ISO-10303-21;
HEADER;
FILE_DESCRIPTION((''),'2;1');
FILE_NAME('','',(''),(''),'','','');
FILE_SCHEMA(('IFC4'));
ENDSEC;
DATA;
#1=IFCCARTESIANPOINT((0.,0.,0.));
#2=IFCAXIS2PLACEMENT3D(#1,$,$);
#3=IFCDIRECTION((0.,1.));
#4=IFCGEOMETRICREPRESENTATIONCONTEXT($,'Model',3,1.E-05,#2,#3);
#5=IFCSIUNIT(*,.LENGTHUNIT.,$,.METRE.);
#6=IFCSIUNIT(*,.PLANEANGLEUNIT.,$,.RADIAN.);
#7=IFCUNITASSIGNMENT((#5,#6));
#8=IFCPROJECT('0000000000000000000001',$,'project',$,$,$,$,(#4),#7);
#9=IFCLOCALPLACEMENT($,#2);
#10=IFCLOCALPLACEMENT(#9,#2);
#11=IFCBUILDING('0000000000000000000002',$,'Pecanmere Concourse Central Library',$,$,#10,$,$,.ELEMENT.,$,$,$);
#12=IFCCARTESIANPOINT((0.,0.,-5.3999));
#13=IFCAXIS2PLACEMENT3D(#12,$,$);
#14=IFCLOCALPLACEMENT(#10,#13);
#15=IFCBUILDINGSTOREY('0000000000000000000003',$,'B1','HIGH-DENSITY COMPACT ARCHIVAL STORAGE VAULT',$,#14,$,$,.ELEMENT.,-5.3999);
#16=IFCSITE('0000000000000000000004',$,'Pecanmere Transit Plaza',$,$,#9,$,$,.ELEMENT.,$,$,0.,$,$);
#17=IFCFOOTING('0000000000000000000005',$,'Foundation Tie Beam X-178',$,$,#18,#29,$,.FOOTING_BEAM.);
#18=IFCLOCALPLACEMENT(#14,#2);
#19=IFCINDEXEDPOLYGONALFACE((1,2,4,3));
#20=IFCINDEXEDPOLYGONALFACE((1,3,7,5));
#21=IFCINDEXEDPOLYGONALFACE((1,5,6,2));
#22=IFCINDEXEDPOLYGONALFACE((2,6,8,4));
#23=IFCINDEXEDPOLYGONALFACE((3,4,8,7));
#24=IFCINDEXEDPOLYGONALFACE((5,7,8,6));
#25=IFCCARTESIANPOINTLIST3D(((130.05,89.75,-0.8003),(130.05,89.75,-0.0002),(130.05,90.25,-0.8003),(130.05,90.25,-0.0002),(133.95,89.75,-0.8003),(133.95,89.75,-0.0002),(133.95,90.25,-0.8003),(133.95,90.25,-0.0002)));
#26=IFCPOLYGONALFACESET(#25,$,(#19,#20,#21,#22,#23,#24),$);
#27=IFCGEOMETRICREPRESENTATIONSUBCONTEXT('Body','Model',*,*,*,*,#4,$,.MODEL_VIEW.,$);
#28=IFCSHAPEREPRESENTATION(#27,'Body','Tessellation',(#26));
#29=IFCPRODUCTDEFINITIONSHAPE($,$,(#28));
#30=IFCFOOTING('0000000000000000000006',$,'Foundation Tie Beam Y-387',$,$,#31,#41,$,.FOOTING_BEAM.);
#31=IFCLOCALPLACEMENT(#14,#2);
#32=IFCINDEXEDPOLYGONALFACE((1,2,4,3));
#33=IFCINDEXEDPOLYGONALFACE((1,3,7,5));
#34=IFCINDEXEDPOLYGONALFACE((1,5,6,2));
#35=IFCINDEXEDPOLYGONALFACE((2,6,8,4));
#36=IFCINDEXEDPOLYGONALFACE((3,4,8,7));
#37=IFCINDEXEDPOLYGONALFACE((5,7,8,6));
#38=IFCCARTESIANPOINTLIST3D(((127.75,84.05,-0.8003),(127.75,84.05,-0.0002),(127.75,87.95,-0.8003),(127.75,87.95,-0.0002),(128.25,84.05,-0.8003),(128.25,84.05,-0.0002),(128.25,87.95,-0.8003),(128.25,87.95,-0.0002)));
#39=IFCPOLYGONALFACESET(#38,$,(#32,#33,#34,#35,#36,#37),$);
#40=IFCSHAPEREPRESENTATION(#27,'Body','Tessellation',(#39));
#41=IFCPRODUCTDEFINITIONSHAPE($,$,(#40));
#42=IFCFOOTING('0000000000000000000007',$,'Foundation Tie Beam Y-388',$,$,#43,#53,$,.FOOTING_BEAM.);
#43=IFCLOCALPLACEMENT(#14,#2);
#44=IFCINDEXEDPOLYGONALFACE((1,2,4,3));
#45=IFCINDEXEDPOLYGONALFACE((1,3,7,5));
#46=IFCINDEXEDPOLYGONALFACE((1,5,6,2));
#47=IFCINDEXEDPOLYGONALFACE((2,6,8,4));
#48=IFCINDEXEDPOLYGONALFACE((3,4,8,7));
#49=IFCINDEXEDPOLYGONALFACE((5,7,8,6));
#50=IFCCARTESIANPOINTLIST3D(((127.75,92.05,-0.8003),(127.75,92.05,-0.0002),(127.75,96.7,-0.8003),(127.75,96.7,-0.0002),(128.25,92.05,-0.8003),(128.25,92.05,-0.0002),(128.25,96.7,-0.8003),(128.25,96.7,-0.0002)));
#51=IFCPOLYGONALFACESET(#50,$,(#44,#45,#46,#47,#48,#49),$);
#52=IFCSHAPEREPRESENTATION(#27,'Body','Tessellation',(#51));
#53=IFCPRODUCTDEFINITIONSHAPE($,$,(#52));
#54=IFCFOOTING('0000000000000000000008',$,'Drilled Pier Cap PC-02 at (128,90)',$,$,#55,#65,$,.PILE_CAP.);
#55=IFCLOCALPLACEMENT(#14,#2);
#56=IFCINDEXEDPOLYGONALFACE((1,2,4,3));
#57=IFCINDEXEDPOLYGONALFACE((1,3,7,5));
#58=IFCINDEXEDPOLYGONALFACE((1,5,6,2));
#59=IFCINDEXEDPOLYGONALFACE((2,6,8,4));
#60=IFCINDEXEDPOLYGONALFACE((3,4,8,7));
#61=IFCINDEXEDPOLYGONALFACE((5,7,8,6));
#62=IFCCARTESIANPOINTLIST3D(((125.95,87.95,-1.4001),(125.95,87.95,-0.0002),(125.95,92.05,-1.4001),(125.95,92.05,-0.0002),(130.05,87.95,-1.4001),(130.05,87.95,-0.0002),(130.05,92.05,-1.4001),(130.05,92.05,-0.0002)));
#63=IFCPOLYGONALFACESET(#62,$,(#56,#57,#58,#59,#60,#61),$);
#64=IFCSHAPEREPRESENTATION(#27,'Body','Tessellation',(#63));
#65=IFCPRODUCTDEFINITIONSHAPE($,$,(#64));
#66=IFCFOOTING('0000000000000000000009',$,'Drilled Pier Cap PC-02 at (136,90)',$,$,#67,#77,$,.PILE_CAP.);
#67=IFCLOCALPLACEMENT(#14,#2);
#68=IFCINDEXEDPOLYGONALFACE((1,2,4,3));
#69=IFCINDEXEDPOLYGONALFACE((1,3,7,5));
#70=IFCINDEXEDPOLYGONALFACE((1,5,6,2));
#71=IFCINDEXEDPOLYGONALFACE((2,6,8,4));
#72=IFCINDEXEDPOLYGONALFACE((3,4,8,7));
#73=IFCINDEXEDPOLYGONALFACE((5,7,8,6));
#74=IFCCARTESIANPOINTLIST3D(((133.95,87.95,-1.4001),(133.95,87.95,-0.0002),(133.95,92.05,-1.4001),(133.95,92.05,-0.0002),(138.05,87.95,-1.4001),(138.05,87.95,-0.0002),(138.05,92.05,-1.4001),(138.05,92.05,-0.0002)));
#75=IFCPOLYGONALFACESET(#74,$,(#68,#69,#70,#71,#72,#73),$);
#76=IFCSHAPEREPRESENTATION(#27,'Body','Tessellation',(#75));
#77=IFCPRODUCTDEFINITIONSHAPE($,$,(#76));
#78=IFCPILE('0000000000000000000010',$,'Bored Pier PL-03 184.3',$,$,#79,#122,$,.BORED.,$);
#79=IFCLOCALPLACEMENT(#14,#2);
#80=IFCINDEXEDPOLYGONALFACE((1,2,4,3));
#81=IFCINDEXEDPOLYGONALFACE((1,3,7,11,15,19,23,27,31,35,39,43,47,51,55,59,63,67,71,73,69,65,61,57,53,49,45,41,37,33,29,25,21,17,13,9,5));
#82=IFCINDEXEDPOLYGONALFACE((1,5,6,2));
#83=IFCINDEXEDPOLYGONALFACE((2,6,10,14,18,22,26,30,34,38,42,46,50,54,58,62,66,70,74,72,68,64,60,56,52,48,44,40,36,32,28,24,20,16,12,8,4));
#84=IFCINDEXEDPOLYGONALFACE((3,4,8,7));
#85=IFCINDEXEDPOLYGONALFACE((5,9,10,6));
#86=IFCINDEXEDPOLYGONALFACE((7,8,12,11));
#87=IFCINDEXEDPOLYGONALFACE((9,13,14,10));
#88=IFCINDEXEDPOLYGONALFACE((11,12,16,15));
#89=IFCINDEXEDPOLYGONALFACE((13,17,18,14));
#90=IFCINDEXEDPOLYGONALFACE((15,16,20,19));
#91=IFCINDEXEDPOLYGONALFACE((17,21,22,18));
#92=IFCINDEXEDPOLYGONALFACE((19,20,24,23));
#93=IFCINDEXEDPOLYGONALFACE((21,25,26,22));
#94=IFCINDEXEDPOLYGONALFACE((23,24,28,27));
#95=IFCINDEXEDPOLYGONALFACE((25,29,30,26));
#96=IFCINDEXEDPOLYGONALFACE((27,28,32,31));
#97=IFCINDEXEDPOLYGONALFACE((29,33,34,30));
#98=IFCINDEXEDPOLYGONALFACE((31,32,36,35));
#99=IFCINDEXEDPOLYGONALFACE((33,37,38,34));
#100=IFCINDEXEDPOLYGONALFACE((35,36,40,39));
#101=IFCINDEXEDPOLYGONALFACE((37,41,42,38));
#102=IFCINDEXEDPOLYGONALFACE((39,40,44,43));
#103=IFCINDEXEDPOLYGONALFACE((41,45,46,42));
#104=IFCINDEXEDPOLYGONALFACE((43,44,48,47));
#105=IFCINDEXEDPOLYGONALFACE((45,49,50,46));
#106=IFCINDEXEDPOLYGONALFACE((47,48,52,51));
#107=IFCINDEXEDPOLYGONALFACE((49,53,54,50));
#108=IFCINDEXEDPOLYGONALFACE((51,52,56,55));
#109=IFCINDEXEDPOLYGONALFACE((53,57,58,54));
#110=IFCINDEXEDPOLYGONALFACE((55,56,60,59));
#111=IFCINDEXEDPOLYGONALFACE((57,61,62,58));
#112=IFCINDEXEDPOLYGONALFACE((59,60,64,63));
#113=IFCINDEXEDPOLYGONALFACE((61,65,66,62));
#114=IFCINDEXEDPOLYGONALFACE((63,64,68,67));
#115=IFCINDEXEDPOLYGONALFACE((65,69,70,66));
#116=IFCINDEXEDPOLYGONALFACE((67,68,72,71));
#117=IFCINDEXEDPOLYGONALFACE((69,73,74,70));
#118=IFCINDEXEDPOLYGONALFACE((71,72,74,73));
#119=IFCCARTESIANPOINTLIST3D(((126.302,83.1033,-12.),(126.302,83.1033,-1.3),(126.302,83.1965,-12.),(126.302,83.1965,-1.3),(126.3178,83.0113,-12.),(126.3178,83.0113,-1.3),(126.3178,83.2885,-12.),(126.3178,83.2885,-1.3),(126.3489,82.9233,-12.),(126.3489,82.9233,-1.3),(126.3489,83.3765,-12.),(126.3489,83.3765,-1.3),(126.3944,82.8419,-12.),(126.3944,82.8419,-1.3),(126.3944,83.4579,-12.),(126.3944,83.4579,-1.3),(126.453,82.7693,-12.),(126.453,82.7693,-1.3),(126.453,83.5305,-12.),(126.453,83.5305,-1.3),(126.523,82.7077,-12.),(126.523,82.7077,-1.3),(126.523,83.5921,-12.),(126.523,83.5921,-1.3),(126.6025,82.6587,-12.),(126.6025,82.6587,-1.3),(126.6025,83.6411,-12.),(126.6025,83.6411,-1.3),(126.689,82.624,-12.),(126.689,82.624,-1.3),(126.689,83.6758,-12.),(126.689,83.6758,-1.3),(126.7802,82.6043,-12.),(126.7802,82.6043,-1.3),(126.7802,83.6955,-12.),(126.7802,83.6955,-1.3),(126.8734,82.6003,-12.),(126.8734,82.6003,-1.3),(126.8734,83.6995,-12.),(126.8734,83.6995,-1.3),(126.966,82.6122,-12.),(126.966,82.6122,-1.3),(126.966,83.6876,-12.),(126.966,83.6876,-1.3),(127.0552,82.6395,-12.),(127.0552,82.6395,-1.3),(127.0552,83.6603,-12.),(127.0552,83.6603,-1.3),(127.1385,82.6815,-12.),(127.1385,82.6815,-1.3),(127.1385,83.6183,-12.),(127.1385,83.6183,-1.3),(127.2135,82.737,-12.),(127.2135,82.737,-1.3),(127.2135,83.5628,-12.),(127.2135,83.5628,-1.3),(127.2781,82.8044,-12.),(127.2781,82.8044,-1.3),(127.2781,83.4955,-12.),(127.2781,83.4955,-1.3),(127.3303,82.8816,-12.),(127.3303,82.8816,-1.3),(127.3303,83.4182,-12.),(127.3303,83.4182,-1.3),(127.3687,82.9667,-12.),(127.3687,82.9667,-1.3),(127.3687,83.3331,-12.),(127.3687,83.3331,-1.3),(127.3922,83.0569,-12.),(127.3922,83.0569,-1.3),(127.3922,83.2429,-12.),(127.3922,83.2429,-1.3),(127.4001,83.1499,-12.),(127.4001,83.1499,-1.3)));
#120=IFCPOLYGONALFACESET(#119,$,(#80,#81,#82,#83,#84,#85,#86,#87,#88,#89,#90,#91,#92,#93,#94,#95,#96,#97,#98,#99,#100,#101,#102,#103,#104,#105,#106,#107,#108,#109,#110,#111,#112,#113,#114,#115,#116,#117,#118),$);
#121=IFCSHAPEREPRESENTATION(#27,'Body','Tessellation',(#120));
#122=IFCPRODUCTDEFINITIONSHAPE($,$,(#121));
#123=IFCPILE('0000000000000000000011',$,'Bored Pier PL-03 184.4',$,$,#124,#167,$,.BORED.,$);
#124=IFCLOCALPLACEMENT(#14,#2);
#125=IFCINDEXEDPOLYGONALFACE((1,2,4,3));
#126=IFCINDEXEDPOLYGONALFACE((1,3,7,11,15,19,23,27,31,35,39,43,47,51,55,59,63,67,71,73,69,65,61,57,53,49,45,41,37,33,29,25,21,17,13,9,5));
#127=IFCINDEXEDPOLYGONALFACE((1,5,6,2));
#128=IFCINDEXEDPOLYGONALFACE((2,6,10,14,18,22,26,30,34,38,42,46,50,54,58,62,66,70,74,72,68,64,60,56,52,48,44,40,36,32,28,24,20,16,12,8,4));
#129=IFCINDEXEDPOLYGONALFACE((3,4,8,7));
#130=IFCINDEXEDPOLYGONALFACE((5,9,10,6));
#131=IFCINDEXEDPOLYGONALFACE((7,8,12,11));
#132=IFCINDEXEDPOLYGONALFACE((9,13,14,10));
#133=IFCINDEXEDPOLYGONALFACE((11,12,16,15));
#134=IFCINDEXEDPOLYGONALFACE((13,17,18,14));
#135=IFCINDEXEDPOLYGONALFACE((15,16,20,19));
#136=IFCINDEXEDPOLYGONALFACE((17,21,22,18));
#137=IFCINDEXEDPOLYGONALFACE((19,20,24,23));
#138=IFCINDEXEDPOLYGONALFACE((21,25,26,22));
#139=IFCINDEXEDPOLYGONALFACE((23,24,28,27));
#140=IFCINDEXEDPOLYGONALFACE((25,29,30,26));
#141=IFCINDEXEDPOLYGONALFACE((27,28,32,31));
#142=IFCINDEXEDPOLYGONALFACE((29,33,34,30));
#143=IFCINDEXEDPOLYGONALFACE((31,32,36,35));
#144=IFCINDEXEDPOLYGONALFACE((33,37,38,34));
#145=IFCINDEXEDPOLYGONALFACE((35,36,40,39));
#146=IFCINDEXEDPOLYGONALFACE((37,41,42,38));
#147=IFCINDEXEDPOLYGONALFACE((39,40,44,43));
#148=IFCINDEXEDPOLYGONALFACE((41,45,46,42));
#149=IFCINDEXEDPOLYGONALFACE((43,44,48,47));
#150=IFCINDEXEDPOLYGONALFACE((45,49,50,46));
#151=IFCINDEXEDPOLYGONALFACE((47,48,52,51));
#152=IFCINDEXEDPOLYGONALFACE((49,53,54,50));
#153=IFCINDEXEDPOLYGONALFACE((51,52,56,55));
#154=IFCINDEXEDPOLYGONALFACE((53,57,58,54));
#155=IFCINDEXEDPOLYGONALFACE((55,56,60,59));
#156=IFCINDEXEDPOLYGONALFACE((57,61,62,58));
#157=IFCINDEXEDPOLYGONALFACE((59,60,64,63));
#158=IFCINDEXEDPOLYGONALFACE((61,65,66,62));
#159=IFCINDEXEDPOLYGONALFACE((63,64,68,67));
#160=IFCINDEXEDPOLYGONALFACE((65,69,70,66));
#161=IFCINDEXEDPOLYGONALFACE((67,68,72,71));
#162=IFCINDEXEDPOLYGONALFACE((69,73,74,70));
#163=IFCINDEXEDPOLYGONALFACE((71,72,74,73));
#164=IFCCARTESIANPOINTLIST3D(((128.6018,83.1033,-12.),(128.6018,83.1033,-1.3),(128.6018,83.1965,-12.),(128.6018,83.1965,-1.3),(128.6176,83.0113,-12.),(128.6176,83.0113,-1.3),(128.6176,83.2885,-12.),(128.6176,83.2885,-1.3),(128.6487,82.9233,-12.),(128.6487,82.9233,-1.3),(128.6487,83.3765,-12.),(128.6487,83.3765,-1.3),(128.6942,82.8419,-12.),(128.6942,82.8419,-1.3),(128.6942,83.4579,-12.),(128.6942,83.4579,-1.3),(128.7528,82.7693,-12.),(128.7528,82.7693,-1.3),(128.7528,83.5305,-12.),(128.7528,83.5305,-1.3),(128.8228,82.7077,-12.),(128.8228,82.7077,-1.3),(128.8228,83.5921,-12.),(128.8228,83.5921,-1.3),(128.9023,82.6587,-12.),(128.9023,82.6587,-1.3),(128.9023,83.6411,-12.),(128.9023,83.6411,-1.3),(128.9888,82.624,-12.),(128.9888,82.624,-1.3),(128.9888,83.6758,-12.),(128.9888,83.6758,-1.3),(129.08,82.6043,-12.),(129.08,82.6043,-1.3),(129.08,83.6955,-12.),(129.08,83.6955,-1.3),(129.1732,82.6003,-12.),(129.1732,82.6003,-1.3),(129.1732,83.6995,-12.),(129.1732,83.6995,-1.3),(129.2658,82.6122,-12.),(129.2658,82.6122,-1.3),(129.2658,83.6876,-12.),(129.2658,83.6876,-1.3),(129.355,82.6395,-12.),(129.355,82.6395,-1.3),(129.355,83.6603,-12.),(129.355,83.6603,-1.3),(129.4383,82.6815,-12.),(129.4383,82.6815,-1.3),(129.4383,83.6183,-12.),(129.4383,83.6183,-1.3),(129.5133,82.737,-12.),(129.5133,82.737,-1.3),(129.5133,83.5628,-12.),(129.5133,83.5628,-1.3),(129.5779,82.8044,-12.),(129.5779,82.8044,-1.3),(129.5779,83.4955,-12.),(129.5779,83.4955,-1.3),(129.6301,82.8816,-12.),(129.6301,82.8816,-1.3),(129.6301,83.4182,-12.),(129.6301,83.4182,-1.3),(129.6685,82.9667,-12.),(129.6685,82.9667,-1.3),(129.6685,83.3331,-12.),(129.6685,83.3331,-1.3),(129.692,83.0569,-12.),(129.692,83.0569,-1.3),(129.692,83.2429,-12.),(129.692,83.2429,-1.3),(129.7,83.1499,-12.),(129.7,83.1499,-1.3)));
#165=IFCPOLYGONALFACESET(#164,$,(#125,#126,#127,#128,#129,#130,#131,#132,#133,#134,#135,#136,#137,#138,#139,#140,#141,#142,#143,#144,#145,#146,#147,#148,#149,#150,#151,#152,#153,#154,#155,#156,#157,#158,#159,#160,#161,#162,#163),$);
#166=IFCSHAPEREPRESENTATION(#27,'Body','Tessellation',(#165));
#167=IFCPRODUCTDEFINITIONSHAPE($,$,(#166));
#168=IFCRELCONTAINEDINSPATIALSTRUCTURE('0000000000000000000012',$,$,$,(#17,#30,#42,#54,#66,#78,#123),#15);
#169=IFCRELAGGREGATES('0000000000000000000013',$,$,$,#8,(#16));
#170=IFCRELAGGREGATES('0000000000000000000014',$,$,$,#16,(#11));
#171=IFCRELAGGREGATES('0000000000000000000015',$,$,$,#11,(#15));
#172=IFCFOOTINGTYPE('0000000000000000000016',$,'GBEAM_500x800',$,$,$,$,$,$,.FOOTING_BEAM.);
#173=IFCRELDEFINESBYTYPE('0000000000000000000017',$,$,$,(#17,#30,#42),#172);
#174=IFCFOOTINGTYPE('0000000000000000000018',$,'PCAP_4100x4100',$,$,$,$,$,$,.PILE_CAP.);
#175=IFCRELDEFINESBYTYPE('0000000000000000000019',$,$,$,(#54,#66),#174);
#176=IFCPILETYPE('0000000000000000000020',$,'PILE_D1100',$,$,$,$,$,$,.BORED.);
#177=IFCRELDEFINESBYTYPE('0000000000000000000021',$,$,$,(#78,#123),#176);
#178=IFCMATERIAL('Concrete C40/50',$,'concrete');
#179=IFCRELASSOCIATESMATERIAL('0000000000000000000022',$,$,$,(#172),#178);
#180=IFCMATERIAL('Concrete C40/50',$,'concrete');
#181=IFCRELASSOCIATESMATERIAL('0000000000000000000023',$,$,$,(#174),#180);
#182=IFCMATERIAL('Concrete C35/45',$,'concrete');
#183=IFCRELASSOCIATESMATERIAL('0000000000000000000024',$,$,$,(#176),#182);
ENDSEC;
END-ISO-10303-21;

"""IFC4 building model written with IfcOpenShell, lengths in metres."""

from ifc_helpers import new_model, si_unit, direction, frame, origin, origin_2d, place, context, subcontext, project, spatial, rectangle, circle, extrude, material, material_profile, profile_set, type_object, element, save


model = new_model("IFC4")

# Units and contexts
model_context = context("Model", 3, precision=1e-05, world=origin(), true_north=direction((0.0, 1.0)))
body_context = subcontext(model_context, "Body", "Model", "MODEL_VIEW")
ifc_project = project(units=[si_unit("LENGTHUNIT", "METRE"), si_unit("PLANEANGLEUNIT", "RADIAN")], contexts=[model_context])

# Site, building, storey
site_placement = place(None, origin())
site = spatial("IfcSite", under=ifc_project, at=site_placement, Name="Pecanmere Transit Plaza", CompositionType="ELEMENT", RefElevation=0.0)
building_placement = place(site_placement, origin())
building = spatial("IfcBuilding", under=site, at=building_placement, Name="Pecanmere Concourse Central Library", CompositionType="ELEMENT")
storey_placement = place(building_placement, frame((0.0, 0.0, -5.3999)))
storey = spatial("IfcBuildingStorey", under=building, at=storey_placement, Name="B1", Description="HIGH-DENSITY COMPACT ARCHIVAL STORAGE VAULT", CompositionType="ELEMENT", Elevation=-5.3999)

# Footings
ifc_material_1 = material(Name="Concrete C40/50", Category="concrete")
ifc_material_profile_1 = material_profile(ifc_material_1, rectangle(XDim=0.5, YDim=0.8, at=origin_2d()), Name="RC 500x800")
ifc_profile_set_1 = profile_set([ifc_material_profile_1], Name="Concrete C40/50")
footing_type_1 = type_object("IfcFootingType", Name="GBEAM_500x800", PredefinedType="FOOTING_BEAM", material=ifc_profile_set_1)
for number, where, z_axis, x_axis, name in (
    (1, (132.0, 90.0, -0.8003), (0.0, 0.0, 1.0), (1.0, 0.0, 0.0), "Foundation Tie Beam X-178"),
    (2, (128.0, 86.0, -0.8003), (0.0, 0.0, 1.0), (0.0, 1.0, 0.0), "Foundation Tie Beam Y-387"),
):
    element("IfcFooting", number, at=place(storey_placement, frame(where, z_axis=z_axis, x_axis=x_axis)), inside=storey, type_object=footing_type_1, Name=name, PredefinedType="FOOTING_BEAM", context=body_context, shape_type="SweptSolid", body=[
        extrude(rectangle(XDim=3.8999, YDim=0.5, at=origin_2d()), origin(), (0.0, 0.0, 1.0), 0.8),
    ])
footing_placement = place(storey_placement, frame((128.0, 94.375, -0.8003), z_axis=(0.0, 0.0, 1.0), x_axis=(0.0, 1.0, 0.0)))
element("IfcFooting", 3, at=footing_placement, inside=storey, type_object=footing_type_1, Name="Foundation Tie Beam Y-388", PredefinedType="FOOTING_BEAM", context=body_context, shape_type="SweptSolid", body=[
    extrude(rectangle(XDim=4.6499, YDim=0.5, at=origin_2d()), origin(), (0.0, 0.0, 1.0), 0.8),
])
ifc_material_2 = material(Name="Concrete C40/50", Category="concrete")
footing_type_2 = type_object("IfcFootingType", Name="PCAP_4100x4100", PredefinedType="PILE_CAP", material=ifc_material_2)
for number, where, z_axis, x_axis, name in (
    (4, (128.0, 90.0, -1.4001), (0.0, 0.0, 1.0), (1.0, 0.0, 0.0), "Drilled Pier Cap PC-02 at (128,90)"),
    (5, (136.0, 90.0, -1.4001), (0.0, 0.0, 1.0), (1.0, 0.0, 0.0), "Drilled Pier Cap PC-02 at (136,90)"),
):
    element("IfcFooting", number, at=place(storey_placement, frame(where, z_axis=z_axis, x_axis=x_axis)), inside=storey, type_object=footing_type_2, Name=name, PredefinedType="PILE_CAP", context=body_context, shape_type="SweptSolid", body=[
        extrude(rectangle(XDim=4.1001, YDim=4.1001, at=origin_2d()), origin(), (0.0, 0.0, 1.0), 1.3999),
    ])

# Piles
ifc_material_3 = material(Name="Concrete C35/45", Category="concrete")
ifc_material_profile_2 = material_profile(ifc_material_3, circle(Radius=0.55, at=origin_2d()), Name="PIER D1100")
ifc_profile_set_2 = profile_set([ifc_material_profile_2], Name="Concrete C35/45")
pile_type = type_object("IfcPileType", Name="PILE_D1100", PredefinedType="BORED", material=ifc_profile_set_2)
for number, where, z_axis, x_axis, name in (
    (6, (126.8501, 83.1499, -1.3), (0.0, 0.0, -1.0), (1.0, 0.0, 0.0), "Bored Pier PL-03 184.3"),
    (7, (129.1499, 83.1499, -1.3), (0.0, 0.0, -1.0), (1.0, 0.0, 0.0), "Bored Pier PL-03 184.4"),
):
    element("IfcPile", number, at=place(storey_placement, frame(where, z_axis=z_axis, x_axis=x_axis)), inside=storey, type_object=pile_type, Name=name, PredefinedType="BORED", context=body_context, shape_type="SweptSolid", body=[
        extrude(circle(Radius=0.55, at=origin_2d()), origin(), (0.0, 0.0, 1.0), 10.7),
    ])

save(model, "model.ifc")
